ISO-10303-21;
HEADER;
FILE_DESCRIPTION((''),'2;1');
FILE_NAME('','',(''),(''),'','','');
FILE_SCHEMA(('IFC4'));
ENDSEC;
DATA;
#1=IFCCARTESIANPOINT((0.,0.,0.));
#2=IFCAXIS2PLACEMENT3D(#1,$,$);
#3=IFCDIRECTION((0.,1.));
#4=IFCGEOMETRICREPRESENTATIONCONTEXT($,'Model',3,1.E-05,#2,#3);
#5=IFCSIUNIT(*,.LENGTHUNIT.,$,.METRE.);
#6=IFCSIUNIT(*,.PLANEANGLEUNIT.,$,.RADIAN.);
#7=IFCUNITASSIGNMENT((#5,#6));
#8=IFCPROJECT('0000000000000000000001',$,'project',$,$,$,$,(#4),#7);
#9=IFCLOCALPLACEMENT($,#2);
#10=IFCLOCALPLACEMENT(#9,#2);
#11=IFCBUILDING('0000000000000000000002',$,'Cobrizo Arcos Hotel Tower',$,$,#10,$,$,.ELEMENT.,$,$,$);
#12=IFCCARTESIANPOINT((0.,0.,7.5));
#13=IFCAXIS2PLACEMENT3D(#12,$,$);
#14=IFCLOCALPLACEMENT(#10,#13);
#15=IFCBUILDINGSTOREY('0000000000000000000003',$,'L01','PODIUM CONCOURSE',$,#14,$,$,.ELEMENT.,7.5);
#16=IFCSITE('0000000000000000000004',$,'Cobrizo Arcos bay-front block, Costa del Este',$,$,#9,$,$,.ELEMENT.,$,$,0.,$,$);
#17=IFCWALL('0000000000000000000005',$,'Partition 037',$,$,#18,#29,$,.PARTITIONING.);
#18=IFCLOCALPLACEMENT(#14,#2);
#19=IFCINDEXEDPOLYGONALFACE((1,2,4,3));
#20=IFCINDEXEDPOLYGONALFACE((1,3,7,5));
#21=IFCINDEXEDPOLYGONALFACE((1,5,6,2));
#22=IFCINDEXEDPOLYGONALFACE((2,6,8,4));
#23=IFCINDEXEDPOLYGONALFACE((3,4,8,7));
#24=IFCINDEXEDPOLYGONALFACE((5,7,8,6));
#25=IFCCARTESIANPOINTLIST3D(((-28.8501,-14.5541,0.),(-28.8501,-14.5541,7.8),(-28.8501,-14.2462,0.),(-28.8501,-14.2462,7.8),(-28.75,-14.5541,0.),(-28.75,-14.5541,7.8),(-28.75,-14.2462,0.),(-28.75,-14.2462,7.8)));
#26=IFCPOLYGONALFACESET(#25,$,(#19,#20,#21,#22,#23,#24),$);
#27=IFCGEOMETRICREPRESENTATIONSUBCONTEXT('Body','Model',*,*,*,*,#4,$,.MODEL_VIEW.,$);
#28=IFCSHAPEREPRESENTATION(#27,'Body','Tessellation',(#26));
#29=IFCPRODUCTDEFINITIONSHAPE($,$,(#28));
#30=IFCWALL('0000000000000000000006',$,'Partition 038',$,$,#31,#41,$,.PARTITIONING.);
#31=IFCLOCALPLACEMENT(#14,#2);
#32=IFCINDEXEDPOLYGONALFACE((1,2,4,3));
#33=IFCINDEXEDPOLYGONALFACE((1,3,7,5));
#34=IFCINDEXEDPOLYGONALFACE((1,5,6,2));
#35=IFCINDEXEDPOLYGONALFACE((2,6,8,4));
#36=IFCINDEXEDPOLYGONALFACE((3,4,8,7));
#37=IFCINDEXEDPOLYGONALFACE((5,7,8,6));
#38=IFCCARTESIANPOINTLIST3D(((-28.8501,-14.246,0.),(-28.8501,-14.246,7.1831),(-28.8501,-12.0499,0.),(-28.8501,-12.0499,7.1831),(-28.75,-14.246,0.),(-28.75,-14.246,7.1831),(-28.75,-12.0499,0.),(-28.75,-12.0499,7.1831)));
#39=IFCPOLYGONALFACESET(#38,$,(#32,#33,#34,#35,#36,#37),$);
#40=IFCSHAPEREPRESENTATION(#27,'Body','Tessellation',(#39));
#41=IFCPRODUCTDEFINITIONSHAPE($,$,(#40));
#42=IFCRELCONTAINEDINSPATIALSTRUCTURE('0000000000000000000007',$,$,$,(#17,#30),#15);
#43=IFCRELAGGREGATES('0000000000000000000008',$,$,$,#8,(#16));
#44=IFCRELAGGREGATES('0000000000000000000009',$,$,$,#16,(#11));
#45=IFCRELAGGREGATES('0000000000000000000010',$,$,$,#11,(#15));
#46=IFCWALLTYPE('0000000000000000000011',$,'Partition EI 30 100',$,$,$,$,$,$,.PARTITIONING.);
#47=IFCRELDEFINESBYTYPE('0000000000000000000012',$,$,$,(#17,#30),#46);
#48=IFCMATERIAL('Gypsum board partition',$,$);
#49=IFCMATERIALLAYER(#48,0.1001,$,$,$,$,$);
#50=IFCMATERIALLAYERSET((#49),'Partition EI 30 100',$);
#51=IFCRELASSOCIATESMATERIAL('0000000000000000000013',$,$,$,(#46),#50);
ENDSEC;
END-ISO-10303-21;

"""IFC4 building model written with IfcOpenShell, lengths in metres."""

from ifc_helpers import new_model, si_unit, direction, frame, frame_2d, origin, place, context, subcontext, project, spatial, rectangle, extrude, material, layer, layer_set, type_object, element, save


model = new_model("IFC4")

# Units and contexts
model_context = context("Model", 3, precision=1e-05, world=origin(), true_north=direction((0.0, 1.0)))
body_context = subcontext(model_context, "Body", "Model", "MODEL_VIEW")
ifc_project = project(units=[si_unit("LENGTHUNIT", "METRE"), si_unit("PLANEANGLEUNIT", "RADIAN")], contexts=[model_context])

# Site, building, storey
site_placement = place(None, origin())
site = spatial("IfcSite", under=ifc_project, at=site_placement, Name="Cobrizo Arcos bay-front block, Costa del Este", CompositionType="ELEMENT", RefElevation=0.0)
building_placement = place(site_placement, origin())
building = spatial("IfcBuilding", under=site, at=building_placement, Name="Cobrizo Arcos Hotel Tower", CompositionType="ELEMENT")
storey_placement = place(building_placement, frame((0.0, 0.0, 7.5)))
storey = spatial("IfcBuildingStorey", under=building, at=storey_placement, Name="L01", Description="PODIUM CONCOURSE", CompositionType="ELEMENT", Elevation=7.5)

# Shared definitions
ifc_material_1 = material(Name="Gypsum board partition")

# Walls
ifc_layer_1 = layer(ifc_material_1, 0.1001)
ifc_layer_set_1 = layer_set([ifc_layer_1], Name="Partition EI 30 100")
wall_type_1 = type_object("IfcWallType", Name="Partition EI 30 100", PredefinedType="PARTITIONING", material=ifc_layer_set_1)
wall_1_placement = place(storey_placement, frame((-28.8, -14.554, 0.0), z_axis=(0.0, 0.0, 1.0), x_axis=(0.0, 1.0, 0.0)))
element("IfcWall", 1, at=wall_1_placement, inside=storey, type_object=wall_type_1, Name="Partition 037", PredefinedType="PARTITIONING", context=body_context, shape_type="SweptSolid", body=[
    extrude(rectangle(XDim=0.3079, YDim=0.1001, at=frame_2d((0.1538, 0.0))), origin(), (0.0, 0.0, 1.0), 7.8),
])
wall_2_placement = place(storey_placement, frame((-28.8, -14.2461, 0.0), z_axis=(0.0, 0.0, 1.0), x_axis=(0.0, 1.0, 0.0)))
element("IfcWall", 2, at=wall_2_placement, inside=storey, type_object=wall_type_1, Name="Partition 038", PredefinedType="PARTITIONING", context=body_context, shape_type="SweptSolid", body=[
    extrude(rectangle(XDim=2.196, YDim=0.1001, at=frame_2d((1.0981, 0.0))), origin(), (0.0, 0.0, 1.0), 7.1831),
])

save(model, "model.ifc")
